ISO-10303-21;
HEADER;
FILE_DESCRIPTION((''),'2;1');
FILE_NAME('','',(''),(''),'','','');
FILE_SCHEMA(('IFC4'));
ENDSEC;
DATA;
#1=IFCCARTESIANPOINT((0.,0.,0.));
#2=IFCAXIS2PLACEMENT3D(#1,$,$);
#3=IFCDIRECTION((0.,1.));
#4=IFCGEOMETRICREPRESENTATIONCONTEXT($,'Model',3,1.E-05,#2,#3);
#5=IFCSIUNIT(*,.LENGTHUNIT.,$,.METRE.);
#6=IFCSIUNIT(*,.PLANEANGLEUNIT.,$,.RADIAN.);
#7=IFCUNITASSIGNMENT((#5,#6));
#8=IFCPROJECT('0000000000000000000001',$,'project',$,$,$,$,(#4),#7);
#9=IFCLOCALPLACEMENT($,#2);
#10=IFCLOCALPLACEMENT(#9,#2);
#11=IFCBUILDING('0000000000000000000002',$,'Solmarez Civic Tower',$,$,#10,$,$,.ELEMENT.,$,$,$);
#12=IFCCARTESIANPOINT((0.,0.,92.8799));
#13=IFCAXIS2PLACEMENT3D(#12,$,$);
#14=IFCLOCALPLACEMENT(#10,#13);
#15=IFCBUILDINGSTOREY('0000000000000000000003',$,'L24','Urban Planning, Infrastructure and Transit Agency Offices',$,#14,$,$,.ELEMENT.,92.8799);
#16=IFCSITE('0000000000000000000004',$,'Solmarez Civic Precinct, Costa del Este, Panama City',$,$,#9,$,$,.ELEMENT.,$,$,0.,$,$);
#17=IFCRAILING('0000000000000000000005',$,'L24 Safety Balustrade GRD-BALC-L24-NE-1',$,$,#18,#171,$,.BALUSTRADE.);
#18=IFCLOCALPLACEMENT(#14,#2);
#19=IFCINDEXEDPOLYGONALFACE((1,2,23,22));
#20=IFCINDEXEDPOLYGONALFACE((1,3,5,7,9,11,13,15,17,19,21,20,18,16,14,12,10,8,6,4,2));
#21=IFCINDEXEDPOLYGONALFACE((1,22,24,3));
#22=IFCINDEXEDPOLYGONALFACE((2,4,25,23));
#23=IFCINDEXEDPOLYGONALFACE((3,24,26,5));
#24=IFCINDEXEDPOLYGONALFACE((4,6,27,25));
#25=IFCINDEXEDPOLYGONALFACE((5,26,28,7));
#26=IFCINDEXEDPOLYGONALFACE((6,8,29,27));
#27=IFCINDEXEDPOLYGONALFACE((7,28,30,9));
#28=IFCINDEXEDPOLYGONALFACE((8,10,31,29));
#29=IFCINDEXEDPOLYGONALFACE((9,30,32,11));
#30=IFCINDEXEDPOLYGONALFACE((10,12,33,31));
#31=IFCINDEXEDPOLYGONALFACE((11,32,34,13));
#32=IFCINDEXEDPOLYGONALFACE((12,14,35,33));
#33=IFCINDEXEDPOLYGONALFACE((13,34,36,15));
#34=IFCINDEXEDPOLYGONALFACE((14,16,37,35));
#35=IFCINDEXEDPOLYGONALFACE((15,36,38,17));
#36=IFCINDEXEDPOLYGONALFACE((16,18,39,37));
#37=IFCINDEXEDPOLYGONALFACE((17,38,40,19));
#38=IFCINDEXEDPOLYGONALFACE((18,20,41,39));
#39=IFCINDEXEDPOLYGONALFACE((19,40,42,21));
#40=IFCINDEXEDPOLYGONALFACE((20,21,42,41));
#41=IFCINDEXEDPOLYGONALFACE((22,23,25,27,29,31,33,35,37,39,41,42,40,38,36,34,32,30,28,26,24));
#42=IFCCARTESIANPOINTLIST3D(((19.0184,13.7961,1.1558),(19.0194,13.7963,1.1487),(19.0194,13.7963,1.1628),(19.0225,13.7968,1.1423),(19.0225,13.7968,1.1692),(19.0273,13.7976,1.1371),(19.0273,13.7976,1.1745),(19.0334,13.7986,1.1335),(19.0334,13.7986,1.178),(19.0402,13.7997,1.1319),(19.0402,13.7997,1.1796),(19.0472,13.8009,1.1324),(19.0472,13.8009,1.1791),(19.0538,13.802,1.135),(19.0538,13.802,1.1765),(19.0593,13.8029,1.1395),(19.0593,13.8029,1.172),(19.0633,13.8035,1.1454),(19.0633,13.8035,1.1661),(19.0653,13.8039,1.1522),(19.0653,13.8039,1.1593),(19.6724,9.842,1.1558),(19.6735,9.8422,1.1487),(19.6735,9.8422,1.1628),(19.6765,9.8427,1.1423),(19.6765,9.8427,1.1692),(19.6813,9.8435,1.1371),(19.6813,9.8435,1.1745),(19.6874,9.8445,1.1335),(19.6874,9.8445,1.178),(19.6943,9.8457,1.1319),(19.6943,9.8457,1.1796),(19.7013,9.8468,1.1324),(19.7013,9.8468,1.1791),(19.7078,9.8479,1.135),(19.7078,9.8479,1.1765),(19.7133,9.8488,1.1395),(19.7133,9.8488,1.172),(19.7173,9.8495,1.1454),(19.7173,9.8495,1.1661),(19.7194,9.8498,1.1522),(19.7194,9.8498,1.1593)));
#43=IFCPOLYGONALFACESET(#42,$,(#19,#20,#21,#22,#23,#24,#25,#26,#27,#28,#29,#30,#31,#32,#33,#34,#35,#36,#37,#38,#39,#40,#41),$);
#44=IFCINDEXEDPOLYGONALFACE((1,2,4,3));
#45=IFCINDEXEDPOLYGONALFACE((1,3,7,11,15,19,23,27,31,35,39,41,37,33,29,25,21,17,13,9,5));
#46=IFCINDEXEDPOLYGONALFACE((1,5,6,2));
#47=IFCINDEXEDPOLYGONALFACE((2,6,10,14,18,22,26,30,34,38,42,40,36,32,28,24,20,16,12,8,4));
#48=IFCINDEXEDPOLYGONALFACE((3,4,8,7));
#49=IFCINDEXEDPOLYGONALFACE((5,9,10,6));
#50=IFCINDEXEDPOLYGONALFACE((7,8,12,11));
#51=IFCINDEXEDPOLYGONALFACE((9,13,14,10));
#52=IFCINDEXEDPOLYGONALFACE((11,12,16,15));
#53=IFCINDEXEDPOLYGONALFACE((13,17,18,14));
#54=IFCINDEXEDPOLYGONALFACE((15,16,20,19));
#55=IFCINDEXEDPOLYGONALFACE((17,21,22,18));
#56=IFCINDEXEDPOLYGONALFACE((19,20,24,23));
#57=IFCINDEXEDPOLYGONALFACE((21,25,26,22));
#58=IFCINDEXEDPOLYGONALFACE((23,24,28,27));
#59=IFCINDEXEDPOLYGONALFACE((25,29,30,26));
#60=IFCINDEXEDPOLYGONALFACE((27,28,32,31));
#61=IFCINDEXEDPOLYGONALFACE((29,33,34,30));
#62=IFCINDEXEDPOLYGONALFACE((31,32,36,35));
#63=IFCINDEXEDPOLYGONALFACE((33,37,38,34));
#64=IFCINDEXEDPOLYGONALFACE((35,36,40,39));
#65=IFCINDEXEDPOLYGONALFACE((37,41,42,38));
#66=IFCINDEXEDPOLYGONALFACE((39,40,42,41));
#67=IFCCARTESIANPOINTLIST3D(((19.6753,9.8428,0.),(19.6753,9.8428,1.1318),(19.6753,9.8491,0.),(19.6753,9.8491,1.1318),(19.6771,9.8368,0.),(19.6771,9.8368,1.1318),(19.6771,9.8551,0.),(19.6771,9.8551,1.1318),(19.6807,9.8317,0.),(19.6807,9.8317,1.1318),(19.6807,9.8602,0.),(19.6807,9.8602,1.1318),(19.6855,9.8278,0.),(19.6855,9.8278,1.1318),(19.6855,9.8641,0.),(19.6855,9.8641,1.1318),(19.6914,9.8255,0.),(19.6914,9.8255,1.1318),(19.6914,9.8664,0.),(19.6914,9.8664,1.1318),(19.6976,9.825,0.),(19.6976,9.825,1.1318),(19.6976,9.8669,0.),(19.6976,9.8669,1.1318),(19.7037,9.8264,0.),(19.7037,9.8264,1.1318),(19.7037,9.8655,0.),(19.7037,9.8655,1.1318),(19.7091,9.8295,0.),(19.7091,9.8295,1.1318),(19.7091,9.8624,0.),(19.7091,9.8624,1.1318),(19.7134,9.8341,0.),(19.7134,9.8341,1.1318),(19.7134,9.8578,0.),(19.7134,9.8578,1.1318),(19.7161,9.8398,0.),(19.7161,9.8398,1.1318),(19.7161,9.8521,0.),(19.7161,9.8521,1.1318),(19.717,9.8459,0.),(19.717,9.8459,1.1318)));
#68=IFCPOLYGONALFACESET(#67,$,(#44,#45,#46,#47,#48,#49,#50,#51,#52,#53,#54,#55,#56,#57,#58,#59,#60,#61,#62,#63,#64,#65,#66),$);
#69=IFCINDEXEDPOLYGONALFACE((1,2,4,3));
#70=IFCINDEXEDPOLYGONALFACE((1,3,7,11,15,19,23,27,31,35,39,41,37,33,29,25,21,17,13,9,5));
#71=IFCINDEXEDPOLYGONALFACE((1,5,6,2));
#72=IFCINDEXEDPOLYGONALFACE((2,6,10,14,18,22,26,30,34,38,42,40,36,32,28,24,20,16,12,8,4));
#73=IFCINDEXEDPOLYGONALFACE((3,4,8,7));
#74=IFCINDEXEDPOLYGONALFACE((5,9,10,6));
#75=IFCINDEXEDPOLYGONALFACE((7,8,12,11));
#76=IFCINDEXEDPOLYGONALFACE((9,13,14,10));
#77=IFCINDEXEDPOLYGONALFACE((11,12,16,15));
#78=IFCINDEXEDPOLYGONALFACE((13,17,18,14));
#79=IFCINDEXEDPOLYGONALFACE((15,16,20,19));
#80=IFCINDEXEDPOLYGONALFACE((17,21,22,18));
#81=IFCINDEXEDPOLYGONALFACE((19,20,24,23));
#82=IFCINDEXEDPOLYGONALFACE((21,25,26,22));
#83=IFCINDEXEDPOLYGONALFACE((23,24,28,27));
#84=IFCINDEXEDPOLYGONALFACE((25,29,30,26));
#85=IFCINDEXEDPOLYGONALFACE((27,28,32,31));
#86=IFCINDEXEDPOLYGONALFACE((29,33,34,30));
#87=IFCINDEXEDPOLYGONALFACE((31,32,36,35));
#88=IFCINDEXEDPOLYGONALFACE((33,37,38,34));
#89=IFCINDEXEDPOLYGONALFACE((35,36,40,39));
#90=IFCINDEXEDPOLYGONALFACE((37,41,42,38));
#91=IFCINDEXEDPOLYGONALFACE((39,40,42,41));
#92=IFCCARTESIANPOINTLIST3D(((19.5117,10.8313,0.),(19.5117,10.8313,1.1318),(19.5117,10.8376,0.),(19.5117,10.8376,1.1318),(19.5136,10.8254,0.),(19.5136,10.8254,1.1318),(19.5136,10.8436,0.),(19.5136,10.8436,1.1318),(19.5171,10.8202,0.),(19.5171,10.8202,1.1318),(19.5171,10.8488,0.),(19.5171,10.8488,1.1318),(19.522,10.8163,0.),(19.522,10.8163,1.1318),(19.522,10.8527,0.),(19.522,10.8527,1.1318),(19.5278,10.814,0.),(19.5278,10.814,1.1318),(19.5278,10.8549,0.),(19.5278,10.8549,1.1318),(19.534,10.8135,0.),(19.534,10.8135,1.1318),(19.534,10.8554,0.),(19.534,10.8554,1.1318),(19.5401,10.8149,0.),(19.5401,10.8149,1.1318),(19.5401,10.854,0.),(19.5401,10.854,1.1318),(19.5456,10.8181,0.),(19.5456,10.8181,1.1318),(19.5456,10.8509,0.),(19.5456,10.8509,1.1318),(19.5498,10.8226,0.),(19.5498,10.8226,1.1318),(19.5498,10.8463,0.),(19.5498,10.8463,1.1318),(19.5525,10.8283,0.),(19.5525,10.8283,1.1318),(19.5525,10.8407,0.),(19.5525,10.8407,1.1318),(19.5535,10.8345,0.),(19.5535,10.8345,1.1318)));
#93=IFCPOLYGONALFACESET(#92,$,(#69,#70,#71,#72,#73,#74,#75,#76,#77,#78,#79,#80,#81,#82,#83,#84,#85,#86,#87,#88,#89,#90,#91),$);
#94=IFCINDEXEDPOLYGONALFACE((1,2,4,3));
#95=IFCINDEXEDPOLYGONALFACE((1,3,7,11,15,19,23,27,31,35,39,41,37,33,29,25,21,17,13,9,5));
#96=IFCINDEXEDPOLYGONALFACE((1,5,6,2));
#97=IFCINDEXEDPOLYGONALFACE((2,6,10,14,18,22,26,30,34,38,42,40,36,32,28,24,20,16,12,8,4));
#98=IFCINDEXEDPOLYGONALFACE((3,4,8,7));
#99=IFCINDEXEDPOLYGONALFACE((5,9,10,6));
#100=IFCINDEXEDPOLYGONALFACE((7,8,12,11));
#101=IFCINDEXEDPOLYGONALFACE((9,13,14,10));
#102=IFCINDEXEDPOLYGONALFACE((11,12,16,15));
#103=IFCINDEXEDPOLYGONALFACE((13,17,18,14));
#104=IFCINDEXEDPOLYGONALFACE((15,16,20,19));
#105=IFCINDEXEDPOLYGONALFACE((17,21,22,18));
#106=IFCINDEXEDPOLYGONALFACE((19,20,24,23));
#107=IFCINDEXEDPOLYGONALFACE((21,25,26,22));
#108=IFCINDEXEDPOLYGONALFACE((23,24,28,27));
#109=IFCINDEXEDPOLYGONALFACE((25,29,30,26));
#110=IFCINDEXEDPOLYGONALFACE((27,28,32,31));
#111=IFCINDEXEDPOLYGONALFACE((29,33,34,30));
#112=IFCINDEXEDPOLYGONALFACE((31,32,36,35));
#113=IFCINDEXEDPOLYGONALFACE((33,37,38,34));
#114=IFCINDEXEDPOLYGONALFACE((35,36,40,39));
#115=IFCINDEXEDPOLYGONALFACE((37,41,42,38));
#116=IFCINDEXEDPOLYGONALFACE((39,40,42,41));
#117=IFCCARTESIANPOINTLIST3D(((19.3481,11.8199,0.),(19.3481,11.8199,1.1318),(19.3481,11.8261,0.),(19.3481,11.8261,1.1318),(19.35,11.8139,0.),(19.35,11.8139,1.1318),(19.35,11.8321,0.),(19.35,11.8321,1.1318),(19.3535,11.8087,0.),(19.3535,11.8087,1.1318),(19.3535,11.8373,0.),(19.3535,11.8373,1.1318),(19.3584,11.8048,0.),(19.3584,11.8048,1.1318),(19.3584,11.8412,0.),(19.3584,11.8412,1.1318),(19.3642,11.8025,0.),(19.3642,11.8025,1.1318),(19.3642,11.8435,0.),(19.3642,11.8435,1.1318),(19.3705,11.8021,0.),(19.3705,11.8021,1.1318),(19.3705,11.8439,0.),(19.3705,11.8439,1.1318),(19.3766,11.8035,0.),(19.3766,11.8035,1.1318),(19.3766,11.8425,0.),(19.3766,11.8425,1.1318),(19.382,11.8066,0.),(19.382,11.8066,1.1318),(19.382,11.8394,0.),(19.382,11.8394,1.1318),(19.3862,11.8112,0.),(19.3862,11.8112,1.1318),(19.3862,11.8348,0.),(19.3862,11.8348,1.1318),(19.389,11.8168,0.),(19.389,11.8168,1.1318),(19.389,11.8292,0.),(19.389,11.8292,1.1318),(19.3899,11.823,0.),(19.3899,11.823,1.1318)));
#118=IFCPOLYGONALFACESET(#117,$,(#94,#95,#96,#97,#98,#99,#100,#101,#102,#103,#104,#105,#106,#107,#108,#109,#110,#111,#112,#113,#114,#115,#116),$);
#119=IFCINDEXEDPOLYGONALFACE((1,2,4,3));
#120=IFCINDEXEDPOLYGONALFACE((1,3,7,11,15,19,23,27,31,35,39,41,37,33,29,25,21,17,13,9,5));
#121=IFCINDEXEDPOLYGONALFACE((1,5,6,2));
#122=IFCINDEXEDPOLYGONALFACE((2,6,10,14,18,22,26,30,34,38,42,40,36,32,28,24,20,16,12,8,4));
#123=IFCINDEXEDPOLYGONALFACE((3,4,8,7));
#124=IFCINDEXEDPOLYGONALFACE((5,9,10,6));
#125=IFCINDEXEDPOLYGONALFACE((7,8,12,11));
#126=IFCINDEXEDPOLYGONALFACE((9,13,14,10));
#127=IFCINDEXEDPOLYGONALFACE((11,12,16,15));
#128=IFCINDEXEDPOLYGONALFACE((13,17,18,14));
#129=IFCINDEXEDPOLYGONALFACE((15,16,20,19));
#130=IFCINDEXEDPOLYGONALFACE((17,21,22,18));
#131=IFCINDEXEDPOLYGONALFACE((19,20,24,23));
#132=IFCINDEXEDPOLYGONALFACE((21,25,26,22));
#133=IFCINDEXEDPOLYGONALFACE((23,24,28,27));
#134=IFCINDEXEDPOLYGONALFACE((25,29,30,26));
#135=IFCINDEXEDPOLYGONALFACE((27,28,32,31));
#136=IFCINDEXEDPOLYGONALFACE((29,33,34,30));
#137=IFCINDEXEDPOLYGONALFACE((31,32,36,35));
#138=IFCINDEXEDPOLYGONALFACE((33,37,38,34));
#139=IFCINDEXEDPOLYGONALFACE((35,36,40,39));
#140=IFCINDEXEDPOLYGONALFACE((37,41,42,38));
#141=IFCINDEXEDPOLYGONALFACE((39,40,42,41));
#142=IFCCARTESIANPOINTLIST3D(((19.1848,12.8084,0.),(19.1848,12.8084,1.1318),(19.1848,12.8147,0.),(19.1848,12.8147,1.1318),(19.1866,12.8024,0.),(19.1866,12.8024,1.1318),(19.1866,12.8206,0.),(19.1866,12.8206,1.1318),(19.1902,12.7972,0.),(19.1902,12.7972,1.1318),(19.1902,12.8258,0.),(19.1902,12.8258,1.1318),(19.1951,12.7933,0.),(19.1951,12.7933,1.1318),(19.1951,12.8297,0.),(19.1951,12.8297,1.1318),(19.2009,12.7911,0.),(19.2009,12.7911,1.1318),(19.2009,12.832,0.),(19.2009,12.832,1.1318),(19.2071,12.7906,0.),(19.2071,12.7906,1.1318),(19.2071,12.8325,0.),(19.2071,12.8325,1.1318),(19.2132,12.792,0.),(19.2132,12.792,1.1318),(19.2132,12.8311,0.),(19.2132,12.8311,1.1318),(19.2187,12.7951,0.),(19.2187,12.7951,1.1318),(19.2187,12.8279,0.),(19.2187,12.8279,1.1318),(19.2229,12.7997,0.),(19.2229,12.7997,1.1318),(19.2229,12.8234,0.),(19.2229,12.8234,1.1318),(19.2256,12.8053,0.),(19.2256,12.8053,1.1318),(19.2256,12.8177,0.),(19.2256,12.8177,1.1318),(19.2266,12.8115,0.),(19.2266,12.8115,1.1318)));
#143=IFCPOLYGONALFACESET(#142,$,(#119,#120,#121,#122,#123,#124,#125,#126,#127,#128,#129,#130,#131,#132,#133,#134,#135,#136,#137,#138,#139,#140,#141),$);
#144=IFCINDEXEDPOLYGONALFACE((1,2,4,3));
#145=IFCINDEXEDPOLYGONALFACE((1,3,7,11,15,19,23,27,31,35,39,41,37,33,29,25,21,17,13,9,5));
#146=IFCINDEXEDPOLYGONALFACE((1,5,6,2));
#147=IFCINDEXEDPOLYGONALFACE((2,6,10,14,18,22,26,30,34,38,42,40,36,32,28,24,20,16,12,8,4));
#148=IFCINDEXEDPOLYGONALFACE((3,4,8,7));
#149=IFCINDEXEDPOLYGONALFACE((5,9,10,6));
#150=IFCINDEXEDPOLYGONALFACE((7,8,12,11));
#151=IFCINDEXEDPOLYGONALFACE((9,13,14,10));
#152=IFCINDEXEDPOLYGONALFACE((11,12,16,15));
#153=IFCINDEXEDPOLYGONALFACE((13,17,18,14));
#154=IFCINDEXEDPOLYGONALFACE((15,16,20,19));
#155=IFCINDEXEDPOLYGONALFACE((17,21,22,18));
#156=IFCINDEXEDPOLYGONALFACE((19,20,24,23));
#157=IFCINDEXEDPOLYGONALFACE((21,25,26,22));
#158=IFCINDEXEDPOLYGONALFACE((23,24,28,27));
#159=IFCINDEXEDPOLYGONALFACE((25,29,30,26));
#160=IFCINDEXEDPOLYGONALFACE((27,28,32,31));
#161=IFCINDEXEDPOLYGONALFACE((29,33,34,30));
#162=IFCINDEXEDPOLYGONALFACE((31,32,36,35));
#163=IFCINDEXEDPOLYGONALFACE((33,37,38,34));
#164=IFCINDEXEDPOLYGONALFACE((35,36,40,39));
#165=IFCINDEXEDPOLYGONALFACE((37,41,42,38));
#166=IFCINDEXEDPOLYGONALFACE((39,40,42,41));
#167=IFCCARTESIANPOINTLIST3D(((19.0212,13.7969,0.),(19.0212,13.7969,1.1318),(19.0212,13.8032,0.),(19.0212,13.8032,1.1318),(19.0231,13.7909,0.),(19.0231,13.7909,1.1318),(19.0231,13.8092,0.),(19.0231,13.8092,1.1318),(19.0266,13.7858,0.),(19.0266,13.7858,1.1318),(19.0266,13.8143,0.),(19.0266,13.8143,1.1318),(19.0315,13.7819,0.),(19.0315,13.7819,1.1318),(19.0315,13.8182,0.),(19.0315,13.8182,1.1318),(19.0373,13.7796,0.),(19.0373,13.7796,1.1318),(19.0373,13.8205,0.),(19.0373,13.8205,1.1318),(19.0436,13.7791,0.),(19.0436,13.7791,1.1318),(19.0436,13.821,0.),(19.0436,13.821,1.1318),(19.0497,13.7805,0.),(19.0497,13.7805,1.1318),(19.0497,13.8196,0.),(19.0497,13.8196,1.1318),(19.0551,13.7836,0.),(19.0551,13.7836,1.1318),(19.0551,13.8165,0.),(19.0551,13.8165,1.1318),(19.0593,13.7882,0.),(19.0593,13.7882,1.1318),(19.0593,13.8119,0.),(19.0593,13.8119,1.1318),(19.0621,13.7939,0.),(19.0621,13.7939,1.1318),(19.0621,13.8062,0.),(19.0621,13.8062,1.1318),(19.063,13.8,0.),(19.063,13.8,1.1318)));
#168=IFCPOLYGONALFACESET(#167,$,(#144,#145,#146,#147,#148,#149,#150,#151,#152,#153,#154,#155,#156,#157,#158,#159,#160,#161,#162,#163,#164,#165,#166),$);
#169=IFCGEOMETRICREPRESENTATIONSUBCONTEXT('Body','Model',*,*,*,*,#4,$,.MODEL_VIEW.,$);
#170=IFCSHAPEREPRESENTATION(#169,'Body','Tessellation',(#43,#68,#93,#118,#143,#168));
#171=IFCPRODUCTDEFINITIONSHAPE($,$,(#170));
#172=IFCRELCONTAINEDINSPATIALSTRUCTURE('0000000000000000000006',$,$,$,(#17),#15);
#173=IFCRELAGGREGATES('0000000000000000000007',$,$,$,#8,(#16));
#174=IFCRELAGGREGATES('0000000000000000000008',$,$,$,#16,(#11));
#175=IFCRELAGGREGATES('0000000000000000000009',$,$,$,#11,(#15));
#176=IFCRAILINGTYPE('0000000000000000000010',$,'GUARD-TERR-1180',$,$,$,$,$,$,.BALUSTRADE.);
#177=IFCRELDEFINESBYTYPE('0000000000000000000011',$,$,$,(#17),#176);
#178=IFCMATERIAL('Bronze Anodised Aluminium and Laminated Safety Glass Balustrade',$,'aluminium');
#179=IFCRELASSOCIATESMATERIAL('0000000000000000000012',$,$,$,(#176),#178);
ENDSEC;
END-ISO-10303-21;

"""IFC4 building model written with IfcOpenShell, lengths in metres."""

from ifc_helpers import new_model, si_unit, direction, frame, origin, origin_2d, place, context, subcontext, project, spatial, circle, extrude, material, type_object, element, save


model = new_model("IFC4")

# Units and contexts
model_context = context("Model", 3, precision=1e-05, world=origin(), true_north=direction((0.0, 1.0)))
body_context = subcontext(model_context, "Body", "Model", "MODEL_VIEW")
ifc_project = project(units=[si_unit("LENGTHUNIT", "METRE"), si_unit("PLANEANGLEUNIT", "RADIAN")], contexts=[model_context])

# Site, building, storey
site_placement = place(None, origin())
site = spatial("IfcSite", under=ifc_project, at=site_placement, Name="Solmarez Civic Precinct, Costa del Este, Panama City", CompositionType="ELEMENT", RefElevation=0.0)
building_placement = place(site_placement, origin())
building = spatial("IfcBuilding", under=site, at=building_placement, Name="Solmarez Civic Tower", CompositionType="ELEMENT")
storey_placement = place(building_placement, frame((0.0, 0.0, 92.8799)))
storey = spatial("IfcBuildingStorey", under=building, at=storey_placement, Name="L24", Description="Urban Planning, Infrastructure and Transit Agency Offices", CompositionType="ELEMENT", Elevation=92.8799)

# Railing
ifc_material_1 = material(Name="Bronze Anodised Aluminium and Laminated Safety Glass Balustrade", Category="aluminium")
railing_type = type_object("IfcRailingType", Name="GUARD-TERR-1180", PredefinedType="BALUSTRADE", material=ifc_material_1)
railing_1_placement = place(storey_placement, frame((19.696, 9.8459, 0.0)))
element("IfcRailing", 1, at=railing_1_placement, inside=storey, type_object=railing_type, Name="L24 Safety Balustrade GRD-BALC-L24-NE-1", PredefinedType="BALUSTRADE", context=body_context, shape_type="SweptSolid", body=[
    extrude(circle(Radius=0.0239, at=origin_2d()), frame((0.0, 0.0, 1.1558), z_axis=(-0.163194, 0.986594, 0.0), x_axis=(-0.986594, -0.163194, 0.0)), (0.0, 0.0, 1.0), 4.0078),
    extrude(circle(Radius=0.021, at=origin_2d()), origin(), (0.0, 0.0, 1.0), 1.1318),
    extrude(circle(Radius=0.021, at=origin_2d()), frame((-0.1636, 0.9885, 0.0)), (0.0, 0.0, 1.0), 1.1318),
    extrude(circle(Radius=0.021, at=origin_2d()), frame((-0.3271, 1.9771, 0.0)), (0.0, 0.0, 1.0), 1.1318),
    extrude(circle(Radius=0.021, at=origin_2d()), frame((-0.4905, 2.9656, 0.0)), (0.0, 0.0, 1.0), 1.1318),
    extrude(circle(Radius=0.021, at=origin_2d()), frame((-0.6541, 3.9541, 0.0)), (0.0, 0.0, 1.0), 1.1318),
])

save(model, "model.ifc")
